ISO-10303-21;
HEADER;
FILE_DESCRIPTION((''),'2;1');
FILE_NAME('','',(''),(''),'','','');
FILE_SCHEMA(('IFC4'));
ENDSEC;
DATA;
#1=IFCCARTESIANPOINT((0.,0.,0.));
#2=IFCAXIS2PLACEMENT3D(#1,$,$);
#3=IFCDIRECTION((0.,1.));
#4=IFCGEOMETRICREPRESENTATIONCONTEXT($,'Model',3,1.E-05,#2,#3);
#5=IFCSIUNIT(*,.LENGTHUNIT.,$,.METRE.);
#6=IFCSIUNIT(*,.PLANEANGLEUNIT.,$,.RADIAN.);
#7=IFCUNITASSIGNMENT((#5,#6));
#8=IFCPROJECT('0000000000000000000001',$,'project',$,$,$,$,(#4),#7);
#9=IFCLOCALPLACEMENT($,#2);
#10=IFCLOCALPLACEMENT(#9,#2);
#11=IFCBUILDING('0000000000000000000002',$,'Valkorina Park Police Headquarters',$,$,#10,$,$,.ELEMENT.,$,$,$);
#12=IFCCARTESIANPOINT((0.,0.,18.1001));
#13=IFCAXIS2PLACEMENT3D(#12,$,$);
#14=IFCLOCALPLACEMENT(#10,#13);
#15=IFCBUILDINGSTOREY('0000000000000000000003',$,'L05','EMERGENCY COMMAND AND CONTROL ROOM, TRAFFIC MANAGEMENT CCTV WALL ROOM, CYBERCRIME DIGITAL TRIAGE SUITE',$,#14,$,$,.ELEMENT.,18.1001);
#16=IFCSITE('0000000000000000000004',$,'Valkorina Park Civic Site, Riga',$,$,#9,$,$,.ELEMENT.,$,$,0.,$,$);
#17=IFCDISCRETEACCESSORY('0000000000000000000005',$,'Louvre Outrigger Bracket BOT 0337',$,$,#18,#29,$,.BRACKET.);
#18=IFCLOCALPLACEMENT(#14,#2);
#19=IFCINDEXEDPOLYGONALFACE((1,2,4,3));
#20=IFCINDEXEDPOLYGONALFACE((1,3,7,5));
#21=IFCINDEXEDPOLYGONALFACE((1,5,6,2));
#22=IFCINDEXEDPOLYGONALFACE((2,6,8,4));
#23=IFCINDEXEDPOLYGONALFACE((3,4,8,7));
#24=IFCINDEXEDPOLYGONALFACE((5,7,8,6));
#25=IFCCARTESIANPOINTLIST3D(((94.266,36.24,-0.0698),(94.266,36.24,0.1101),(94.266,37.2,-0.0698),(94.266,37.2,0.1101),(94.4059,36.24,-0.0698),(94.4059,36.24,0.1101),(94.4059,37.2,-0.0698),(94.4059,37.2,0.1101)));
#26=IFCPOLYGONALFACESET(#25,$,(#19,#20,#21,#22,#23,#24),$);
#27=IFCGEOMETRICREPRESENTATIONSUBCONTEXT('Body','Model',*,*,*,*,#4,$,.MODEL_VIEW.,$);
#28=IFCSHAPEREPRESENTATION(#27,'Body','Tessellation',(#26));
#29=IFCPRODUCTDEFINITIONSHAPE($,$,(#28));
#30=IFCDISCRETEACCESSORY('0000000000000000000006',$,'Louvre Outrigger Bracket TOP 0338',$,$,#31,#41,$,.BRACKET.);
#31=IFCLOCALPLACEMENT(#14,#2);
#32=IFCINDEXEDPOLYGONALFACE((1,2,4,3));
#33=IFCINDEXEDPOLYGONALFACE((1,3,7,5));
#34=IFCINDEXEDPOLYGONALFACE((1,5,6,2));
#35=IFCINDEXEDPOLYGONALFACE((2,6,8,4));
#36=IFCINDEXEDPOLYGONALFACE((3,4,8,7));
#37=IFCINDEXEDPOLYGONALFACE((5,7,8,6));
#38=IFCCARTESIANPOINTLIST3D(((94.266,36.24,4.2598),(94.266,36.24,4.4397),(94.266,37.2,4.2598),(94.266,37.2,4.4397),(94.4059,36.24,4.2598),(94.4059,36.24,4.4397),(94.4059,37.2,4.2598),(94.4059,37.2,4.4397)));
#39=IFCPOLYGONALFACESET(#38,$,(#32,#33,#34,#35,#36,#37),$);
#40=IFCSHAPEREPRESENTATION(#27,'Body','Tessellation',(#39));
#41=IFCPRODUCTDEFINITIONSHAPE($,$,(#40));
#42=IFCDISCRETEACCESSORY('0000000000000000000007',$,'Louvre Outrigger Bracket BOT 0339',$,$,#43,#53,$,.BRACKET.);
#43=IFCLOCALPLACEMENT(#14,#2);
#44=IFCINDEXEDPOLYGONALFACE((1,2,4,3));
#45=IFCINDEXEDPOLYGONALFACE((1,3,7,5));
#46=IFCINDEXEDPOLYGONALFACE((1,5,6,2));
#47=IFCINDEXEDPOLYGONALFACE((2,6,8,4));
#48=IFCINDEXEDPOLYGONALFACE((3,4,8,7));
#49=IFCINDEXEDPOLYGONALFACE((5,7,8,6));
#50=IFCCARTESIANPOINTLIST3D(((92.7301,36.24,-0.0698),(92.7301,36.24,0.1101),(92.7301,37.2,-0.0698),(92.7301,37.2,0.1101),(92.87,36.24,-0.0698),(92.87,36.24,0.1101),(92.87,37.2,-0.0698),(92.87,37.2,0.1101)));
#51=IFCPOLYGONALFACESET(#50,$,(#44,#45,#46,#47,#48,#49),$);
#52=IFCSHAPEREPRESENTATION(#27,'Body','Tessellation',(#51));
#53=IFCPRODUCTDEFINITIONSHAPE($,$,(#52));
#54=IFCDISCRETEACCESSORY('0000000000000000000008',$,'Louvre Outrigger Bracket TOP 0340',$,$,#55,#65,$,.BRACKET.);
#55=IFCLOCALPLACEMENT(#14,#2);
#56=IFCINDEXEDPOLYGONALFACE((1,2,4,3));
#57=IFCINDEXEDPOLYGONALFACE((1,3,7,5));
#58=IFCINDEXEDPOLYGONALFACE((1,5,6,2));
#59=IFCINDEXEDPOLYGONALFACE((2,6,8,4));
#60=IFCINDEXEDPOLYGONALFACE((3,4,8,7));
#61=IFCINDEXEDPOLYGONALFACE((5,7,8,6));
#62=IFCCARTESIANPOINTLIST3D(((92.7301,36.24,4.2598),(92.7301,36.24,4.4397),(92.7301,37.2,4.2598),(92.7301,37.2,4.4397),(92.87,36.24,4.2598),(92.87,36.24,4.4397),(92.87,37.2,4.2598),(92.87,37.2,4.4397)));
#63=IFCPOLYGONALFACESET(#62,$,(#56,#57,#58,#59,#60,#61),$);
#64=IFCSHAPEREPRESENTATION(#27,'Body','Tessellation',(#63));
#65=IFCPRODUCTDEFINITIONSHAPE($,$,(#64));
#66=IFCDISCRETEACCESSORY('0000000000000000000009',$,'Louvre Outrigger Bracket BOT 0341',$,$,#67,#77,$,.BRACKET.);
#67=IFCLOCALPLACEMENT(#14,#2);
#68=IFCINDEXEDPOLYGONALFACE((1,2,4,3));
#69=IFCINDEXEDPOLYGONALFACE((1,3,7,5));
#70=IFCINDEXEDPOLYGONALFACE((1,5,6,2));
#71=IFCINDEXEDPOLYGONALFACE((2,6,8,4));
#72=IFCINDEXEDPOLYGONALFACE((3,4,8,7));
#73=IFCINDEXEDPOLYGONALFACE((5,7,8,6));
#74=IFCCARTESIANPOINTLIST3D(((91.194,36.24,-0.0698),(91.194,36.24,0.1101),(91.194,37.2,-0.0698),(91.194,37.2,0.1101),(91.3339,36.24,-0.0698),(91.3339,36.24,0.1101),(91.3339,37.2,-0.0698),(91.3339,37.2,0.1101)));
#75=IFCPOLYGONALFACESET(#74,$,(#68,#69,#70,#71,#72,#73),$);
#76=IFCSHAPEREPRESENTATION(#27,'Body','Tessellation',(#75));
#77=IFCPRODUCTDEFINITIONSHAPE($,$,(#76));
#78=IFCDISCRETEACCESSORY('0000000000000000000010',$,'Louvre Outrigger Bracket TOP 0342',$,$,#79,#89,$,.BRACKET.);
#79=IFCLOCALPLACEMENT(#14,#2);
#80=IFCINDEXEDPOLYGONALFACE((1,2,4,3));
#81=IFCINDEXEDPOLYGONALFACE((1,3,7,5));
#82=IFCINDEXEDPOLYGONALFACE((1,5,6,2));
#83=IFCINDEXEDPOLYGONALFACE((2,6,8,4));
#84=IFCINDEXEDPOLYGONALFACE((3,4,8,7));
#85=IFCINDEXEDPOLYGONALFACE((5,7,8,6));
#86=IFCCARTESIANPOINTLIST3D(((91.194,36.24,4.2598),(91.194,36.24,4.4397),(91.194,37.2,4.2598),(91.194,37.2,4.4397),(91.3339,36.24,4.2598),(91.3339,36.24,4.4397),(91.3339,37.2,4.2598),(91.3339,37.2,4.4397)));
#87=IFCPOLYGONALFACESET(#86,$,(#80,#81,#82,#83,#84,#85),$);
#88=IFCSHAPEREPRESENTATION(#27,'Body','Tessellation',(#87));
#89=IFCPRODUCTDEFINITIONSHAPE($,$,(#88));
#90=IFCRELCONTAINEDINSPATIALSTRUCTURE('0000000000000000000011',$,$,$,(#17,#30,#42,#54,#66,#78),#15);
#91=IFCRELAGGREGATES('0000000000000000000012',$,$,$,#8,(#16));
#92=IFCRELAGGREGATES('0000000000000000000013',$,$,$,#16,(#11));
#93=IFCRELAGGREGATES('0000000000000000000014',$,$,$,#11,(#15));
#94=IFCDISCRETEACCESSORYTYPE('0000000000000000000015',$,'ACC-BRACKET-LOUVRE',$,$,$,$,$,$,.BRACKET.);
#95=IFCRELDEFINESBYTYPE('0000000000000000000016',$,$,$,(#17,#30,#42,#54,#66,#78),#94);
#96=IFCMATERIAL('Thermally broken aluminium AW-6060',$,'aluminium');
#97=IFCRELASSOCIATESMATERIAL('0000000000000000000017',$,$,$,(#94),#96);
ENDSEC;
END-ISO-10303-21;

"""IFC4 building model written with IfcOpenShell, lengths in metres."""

from ifc_helpers import new_model, si_unit, direction, frame, origin, origin_2d, place, context, subcontext, project, spatial, rectangle, extrude, material, type_object, element, save


model = new_model("IFC4")

# Units and contexts
model_context = context("Model", 3, precision=1e-05, world=origin(), true_north=direction((0.0, 1.0)))
body_context = subcontext(model_context, "Body", "Model", "MODEL_VIEW")
ifc_project = project(units=[si_unit("LENGTHUNIT", "METRE"), si_unit("PLANEANGLEUNIT", "RADIAN")], contexts=[model_context])

# Site, building, storey
site_placement = place(None, origin())
site = spatial("IfcSite", under=ifc_project, at=site_placement, Name="Valkorina Park Civic Site, Riga", CompositionType="ELEMENT", RefElevation=0.0)
building_placement = place(site_placement, origin())
building = spatial("IfcBuilding", under=site, at=building_placement, Name="Valkorina Park Police Headquarters", CompositionType="ELEMENT")
storey_placement = place(building_placement, frame((0.0, 0.0, 18.1001)))
storey = spatial("IfcBuildingStorey", under=building, at=storey_placement, Name="L05", Description="EMERGENCY COMMAND AND CONTROL ROOM, TRAFFIC MANAGEMENT CCTV WALL ROOM, CYBERCRIME DIGITAL TRIAGE SUITE", CompositionType="ELEMENT", Elevation=18.1001)

# Shared definitions
ifc_material_1 = material(Name="Thermally broken aluminium AW-6060", Category="aluminium")

# Discrete accessories
discrete_accessory_type = type_object("IfcDiscreteAccessoryType", Name="ACC-BRACKET-LOUVRE", PredefinedType="BRACKET", material=ifc_material_1)
for number, where, z_axis, x_axis, name in (
    (1, (94.3359, 36.72, -0.0698), (0.0, 0.0, 1.0), (0.0, -1.0, 0.0), "Louvre Outrigger Bracket BOT 0337"),
    (2, (94.3359, 36.72, 4.2598), (0.0, 0.0, 1.0), (0.0, -1.0, 0.0), "Louvre Outrigger Bracket TOP 0338"),
    (3, (92.8, 36.72, -0.0698), (0.0, 0.0, 1.0), (0.0, -1.0, 0.0), "Louvre Outrigger Bracket BOT 0339"),
    (4, (92.8, 36.72, 4.2598), (0.0, 0.0, 1.0), (0.0, -1.0, 0.0), "Louvre Outrigger Bracket TOP 0340"),
    (5, (91.2639, 36.72, -0.0698), (0.0, 0.0, 1.0), (0.0, -1.0, 0.0), "Louvre Outrigger Bracket BOT 0341"),
    (6, (91.2639, 36.72, 4.2598), (0.0, 0.0, 1.0), (0.0, -1.0, 0.0), "Louvre Outrigger Bracket TOP 0342"),
):
    element("IfcDiscreteAccessory", number, at=place(storey_placement, frame(where, z_axis=z_axis, x_axis=x_axis)), inside=storey, type_object=discrete_accessory_type, Name=name, PredefinedType="BRACKET", context=body_context, shape_type="SweptSolid", body=[
        extrude(rectangle(XDim=0.96, YDim=0.1399, at=origin_2d()), origin(), (0.0, 0.0, 1.0), 0.1799),
    ])

save(model, "model.ifc")
